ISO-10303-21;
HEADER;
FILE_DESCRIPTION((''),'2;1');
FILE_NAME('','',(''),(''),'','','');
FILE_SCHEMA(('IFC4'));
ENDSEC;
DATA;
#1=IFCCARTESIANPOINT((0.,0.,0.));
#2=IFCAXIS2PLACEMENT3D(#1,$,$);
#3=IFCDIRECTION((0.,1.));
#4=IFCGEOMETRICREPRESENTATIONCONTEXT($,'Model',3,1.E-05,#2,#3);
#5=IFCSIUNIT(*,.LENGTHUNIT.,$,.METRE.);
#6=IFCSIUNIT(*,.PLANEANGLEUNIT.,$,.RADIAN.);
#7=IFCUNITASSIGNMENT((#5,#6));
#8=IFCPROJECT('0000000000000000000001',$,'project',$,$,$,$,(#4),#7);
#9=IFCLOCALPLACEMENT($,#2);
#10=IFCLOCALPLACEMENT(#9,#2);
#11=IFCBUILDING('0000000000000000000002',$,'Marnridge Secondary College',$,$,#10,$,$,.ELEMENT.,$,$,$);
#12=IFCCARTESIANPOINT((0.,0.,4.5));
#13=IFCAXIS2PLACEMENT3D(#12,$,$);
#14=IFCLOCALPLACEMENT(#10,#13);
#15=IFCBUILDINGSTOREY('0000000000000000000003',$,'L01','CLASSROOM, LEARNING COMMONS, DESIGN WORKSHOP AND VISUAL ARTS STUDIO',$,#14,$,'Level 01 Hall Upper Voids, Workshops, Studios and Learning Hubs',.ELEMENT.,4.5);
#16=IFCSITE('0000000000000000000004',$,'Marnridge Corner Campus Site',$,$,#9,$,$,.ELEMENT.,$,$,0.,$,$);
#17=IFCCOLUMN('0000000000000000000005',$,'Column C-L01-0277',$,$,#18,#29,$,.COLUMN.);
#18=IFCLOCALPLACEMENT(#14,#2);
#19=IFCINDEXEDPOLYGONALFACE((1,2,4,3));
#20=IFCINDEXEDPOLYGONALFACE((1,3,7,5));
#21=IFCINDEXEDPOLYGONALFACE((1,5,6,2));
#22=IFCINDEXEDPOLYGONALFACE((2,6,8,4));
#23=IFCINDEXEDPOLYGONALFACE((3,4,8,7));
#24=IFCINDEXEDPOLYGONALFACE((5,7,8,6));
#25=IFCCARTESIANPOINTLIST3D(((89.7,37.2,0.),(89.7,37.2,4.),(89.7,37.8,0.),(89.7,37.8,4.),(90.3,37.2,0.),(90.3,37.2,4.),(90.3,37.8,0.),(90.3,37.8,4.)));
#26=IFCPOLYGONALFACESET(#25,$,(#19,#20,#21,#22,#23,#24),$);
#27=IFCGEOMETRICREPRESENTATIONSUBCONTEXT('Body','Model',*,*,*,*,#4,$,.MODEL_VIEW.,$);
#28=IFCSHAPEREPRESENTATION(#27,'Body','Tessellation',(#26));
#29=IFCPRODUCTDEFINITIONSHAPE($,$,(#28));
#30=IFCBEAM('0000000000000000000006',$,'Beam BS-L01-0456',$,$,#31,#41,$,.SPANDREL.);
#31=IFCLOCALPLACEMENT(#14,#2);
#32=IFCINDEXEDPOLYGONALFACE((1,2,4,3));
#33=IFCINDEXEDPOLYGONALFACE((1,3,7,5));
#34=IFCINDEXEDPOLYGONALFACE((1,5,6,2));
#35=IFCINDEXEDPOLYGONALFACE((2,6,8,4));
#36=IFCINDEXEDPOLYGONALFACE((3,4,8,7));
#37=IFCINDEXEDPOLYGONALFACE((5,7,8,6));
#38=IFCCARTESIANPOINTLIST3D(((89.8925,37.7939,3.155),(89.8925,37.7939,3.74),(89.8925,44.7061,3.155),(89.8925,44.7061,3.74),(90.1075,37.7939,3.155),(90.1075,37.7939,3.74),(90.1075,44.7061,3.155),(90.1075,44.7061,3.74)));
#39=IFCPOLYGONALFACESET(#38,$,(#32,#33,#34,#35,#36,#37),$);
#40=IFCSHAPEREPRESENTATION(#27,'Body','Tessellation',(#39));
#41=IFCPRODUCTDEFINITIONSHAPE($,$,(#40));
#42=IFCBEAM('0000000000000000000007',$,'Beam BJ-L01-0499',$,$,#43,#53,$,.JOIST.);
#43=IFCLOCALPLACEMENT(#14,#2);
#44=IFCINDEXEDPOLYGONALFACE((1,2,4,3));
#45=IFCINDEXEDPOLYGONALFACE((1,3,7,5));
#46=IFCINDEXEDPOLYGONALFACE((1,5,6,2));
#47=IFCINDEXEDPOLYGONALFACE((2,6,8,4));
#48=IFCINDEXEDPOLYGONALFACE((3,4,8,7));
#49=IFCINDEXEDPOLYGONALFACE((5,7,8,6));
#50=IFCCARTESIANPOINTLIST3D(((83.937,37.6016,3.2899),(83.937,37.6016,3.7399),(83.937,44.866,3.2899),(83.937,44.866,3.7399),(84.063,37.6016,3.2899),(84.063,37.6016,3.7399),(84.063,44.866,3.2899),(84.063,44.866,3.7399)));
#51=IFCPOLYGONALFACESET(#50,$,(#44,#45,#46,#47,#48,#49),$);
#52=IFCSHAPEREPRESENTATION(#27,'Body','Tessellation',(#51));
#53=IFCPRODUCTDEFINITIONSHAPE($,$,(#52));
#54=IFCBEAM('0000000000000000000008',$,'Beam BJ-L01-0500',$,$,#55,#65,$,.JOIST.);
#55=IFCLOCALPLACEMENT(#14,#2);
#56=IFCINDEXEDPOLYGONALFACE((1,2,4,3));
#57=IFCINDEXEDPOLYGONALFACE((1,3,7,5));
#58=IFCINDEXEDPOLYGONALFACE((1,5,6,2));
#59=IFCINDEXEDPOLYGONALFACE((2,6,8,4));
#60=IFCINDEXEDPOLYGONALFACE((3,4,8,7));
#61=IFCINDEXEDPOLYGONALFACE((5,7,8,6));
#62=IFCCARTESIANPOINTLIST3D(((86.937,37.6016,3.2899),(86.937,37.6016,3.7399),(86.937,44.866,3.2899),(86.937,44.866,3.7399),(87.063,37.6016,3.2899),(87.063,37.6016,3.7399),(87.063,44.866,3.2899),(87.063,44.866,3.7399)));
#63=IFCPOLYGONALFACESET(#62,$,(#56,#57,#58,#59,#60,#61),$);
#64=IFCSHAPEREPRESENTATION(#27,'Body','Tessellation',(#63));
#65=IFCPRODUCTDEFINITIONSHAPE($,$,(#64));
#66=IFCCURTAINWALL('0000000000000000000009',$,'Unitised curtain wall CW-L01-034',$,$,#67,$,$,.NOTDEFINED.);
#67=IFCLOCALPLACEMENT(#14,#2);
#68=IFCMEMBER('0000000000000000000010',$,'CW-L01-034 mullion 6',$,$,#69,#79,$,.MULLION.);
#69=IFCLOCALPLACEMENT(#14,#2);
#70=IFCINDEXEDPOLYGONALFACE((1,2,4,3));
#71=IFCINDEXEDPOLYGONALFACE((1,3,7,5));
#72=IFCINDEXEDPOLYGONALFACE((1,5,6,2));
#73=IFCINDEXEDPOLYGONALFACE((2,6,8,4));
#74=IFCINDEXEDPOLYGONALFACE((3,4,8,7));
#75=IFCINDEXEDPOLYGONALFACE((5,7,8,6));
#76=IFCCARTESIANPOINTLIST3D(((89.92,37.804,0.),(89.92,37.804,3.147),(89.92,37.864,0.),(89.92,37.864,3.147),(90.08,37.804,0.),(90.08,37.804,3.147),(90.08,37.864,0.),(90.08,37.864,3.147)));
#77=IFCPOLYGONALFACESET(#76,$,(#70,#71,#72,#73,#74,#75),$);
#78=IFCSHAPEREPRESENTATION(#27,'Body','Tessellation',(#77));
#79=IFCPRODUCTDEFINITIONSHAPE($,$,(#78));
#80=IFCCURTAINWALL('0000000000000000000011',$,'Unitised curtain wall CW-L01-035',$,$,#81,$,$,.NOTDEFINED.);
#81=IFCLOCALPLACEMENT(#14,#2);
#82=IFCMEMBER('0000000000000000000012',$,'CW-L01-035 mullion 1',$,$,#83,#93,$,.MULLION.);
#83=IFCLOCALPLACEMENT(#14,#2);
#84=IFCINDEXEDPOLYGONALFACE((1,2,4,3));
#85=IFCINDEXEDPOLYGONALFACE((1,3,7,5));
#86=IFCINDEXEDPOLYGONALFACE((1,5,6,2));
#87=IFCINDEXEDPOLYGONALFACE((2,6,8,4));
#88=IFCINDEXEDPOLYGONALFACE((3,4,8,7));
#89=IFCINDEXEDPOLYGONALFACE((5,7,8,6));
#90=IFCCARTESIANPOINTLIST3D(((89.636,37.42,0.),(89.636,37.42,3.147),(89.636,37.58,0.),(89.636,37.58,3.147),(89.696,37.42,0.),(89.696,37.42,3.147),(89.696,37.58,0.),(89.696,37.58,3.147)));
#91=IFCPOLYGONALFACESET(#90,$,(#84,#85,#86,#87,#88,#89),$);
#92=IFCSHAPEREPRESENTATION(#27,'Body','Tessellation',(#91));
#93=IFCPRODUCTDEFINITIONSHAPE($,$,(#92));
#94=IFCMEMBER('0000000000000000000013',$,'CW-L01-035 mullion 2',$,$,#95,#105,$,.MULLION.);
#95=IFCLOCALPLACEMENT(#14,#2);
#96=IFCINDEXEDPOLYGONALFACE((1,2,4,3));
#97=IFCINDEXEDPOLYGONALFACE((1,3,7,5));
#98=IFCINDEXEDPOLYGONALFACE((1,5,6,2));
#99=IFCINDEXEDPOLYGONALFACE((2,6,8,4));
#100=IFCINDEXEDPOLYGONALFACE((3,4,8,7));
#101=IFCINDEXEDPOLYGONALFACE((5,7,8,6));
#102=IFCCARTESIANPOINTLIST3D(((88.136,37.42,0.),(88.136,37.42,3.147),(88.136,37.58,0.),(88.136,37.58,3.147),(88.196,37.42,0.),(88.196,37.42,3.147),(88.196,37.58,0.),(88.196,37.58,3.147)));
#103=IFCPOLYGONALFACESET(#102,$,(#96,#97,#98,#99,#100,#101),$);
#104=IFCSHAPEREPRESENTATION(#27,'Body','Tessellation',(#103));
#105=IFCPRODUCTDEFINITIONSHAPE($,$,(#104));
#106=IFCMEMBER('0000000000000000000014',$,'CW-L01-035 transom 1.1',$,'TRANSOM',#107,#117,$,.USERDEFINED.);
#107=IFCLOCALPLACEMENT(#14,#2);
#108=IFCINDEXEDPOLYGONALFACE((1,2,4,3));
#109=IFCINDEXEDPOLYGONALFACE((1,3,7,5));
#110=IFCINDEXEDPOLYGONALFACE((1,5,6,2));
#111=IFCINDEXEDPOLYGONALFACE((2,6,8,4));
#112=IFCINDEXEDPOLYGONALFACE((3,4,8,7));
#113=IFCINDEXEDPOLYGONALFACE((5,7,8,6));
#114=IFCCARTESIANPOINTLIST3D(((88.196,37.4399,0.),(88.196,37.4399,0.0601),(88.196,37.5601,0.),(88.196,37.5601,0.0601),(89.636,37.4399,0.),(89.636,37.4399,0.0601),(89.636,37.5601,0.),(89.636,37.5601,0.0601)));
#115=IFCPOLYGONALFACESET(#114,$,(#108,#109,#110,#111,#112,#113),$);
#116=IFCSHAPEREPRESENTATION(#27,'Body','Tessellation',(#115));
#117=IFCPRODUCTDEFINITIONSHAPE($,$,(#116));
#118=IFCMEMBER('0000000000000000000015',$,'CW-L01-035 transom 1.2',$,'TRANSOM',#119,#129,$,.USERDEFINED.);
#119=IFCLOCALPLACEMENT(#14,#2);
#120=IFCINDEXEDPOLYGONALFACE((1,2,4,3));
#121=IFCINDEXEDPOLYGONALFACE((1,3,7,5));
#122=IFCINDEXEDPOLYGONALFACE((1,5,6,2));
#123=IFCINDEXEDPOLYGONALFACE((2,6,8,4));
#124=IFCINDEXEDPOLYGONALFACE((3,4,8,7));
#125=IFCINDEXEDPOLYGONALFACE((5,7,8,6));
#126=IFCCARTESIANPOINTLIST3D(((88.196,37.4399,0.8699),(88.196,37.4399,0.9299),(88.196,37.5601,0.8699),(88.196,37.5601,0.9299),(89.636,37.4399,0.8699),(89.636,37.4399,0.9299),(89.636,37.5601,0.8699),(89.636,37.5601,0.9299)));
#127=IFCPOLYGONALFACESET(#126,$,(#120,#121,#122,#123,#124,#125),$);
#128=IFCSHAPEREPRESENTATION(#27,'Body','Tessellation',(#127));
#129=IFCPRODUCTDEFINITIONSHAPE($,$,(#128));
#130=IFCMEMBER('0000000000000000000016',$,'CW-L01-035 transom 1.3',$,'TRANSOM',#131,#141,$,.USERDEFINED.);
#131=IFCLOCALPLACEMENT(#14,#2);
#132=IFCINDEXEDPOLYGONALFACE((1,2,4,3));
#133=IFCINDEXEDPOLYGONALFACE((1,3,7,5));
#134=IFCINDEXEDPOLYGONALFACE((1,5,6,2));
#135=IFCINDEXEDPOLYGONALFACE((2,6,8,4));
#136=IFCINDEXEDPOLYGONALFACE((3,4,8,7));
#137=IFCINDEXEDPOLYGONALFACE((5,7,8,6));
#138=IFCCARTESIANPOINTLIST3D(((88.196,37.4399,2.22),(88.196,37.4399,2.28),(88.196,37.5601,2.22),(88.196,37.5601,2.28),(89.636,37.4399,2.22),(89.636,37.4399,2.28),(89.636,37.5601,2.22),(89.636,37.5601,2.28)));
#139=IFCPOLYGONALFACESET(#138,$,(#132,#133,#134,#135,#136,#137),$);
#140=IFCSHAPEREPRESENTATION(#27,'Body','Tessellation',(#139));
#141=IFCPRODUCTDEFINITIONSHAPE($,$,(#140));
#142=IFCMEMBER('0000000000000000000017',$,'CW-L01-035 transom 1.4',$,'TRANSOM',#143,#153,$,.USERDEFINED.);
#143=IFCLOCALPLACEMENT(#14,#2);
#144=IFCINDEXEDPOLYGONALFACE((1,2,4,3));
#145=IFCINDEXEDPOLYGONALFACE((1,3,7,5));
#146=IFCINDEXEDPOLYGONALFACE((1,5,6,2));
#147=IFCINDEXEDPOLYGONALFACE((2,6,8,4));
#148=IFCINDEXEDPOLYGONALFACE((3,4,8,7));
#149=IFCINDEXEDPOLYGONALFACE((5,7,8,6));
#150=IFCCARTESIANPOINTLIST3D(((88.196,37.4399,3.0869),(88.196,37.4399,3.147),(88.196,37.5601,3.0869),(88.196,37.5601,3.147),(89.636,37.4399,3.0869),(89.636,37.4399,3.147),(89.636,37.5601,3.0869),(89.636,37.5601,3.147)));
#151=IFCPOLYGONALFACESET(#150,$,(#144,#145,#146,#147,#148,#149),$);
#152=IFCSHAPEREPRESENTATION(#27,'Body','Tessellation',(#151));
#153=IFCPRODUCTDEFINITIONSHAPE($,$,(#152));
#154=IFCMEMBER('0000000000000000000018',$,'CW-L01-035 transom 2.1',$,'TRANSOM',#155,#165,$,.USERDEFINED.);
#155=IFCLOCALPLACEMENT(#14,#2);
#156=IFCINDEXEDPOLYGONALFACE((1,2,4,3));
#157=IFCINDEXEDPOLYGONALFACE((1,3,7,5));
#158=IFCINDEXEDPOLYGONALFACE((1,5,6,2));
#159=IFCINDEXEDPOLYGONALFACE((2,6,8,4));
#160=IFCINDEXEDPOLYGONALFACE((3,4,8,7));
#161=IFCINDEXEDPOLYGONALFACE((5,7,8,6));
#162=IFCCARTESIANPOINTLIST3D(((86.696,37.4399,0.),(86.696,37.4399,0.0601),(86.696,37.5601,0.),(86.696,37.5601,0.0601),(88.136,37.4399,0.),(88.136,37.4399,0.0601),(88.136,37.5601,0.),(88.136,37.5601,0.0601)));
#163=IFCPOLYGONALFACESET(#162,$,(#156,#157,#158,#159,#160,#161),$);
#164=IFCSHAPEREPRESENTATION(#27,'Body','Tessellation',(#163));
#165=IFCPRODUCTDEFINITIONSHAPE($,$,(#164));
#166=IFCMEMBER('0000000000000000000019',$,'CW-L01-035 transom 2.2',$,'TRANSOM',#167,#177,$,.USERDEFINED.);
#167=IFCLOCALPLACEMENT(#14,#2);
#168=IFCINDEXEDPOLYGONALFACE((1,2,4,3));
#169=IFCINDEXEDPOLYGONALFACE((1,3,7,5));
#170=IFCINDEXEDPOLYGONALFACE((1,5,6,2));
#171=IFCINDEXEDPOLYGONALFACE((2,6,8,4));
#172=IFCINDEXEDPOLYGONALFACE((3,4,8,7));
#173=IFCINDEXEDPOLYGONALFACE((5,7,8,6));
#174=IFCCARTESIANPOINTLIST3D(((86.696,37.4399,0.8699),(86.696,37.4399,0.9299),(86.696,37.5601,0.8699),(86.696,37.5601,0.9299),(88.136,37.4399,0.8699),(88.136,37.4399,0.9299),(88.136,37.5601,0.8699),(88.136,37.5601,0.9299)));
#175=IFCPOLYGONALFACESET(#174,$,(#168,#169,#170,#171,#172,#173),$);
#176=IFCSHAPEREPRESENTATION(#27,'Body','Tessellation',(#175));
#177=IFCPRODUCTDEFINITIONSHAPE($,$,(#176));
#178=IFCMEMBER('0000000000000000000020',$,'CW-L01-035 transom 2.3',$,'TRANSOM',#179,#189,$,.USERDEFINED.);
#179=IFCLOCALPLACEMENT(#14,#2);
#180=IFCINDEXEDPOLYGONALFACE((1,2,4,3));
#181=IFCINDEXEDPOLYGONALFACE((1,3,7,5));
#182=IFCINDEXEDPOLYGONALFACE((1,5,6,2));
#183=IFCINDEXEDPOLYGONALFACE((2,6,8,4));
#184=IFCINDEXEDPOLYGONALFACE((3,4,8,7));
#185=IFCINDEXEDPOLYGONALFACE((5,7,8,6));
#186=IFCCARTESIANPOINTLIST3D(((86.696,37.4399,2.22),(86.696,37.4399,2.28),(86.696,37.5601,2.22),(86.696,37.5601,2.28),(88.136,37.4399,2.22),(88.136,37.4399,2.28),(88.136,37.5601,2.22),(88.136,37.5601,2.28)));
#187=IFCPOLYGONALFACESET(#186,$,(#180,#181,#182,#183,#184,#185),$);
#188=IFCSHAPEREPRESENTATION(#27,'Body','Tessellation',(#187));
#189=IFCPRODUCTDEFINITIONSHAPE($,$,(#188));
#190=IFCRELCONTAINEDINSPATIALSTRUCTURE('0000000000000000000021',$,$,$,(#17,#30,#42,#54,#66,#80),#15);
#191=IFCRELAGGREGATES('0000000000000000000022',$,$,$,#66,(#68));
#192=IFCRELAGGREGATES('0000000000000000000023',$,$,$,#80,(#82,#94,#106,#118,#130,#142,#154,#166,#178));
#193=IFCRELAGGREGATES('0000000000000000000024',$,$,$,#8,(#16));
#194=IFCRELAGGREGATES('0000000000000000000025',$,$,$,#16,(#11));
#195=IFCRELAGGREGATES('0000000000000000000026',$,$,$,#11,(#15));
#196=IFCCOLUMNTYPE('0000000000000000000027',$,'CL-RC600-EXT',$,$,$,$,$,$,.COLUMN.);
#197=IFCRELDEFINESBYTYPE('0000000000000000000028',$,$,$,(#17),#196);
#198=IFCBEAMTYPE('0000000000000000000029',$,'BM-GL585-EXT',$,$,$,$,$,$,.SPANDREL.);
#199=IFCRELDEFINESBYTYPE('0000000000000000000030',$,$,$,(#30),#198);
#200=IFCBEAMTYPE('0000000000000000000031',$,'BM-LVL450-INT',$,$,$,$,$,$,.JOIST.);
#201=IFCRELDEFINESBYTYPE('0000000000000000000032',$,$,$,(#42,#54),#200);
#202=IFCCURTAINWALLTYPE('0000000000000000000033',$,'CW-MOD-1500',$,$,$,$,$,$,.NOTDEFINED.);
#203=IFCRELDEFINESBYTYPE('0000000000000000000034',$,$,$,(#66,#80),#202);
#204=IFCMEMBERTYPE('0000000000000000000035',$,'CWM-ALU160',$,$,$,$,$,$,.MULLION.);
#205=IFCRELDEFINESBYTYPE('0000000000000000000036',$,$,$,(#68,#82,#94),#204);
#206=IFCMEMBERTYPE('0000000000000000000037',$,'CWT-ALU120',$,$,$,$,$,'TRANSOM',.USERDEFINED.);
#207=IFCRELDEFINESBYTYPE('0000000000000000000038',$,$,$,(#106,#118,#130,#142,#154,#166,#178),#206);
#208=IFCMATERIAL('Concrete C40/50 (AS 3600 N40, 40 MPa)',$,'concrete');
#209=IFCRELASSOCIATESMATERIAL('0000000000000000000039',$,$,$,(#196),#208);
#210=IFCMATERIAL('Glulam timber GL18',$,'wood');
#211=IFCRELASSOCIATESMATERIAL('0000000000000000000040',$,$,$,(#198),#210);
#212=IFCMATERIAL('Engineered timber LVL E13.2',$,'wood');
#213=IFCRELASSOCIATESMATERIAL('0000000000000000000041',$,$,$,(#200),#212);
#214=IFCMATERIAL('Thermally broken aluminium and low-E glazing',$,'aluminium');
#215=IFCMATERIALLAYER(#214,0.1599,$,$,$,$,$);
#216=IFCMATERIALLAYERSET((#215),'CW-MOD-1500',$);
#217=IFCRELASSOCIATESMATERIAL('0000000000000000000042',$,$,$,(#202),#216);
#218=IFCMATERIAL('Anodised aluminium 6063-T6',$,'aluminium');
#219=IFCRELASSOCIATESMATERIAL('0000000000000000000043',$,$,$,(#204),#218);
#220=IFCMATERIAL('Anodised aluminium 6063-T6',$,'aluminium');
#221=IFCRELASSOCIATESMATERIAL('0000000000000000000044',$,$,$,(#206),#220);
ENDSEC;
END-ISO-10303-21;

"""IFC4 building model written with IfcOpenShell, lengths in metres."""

from ifc_helpers import new_model, si_unit, direction, frame, origin, origin_2d, place, context, subcontext, project, spatial, rectangle, extrude, material, layer, layer_set, material_profile, profile_set, type_object, element, aggregate, save


model = new_model("IFC4")

# Units and contexts
model_context = context("Model", 3, precision=1e-05, world=origin(), true_north=direction((0.0, 1.0)))
body_context = subcontext(model_context, "Body", "Model", "MODEL_VIEW")
ifc_project = project(units=[si_unit("LENGTHUNIT", "METRE"), si_unit("PLANEANGLEUNIT", "RADIAN")], contexts=[model_context])

# Site, building, storey
site_placement = place(None, origin())
site = spatial("IfcSite", under=ifc_project, at=site_placement, Name="Marnridge Corner Campus Site", CompositionType="ELEMENT", RefElevation=0.0)
building_placement = place(site_placement, origin())
building = spatial("IfcBuilding", under=site, at=building_placement, Name="Marnridge Secondary College", CompositionType="ELEMENT")
storey_placement = place(building_placement, frame((0.0, 0.0, 4.5)))
storey = spatial("IfcBuildingStorey", under=building, at=storey_placement, Name="L01", Description="CLASSROOM, LEARNING COMMONS, DESIGN WORKSHOP AND VISUAL ARTS STUDIO", LongName="Level 01 Hall Upper Voids, Workshops, Studios and Learning Hubs", CompositionType="ELEMENT", Elevation=4.5)

# Column
ifc_material_1 = material(Name="Concrete C40/50 (AS 3600 N40, 40 MPa)", Category="concrete")
ifc_material_profile_1 = material_profile(ifc_material_1, rectangle(XDim=0.6001, YDim=0.6001, at=origin_2d()), Name="RC 600x600")
ifc_profile_set_1 = profile_set([ifc_material_profile_1], Name="Concrete C40/50 (AS 3600 N40, 40 MPa)")
column_type = type_object("IfcColumnType", Name="CL-RC600-EXT", PredefinedType="COLUMN", material=ifc_profile_set_1)
column_placement = place(storey_placement, frame((90.0, 37.5, 0.0), z_axis=(0.0, 0.0, 1.0), x_axis=(1.0, 0.0, 0.0)))
element("IfcColumn", 1, at=column_placement, inside=storey, type_object=column_type, Name="Column C-L01-0277", PredefinedType="COLUMN", context=body_context, shape_type="SweptSolid", body=[
    extrude(rectangle(XDim=0.6001, YDim=0.6001, at=origin_2d()), origin(), (0.0, 0.0, 1.0), 4.0),
])

# Beams
ifc_material_2 = material(Name="Glulam timber GL18", Category="wood")
ifc_material_profile_2 = material_profile(ifc_material_2, rectangle(XDim=0.2151, YDim=0.585, at=origin_2d()), Name="GL18 215x585")
ifc_profile_set_2 = profile_set([ifc_material_profile_2], Name="Glulam timber GL18")
beam_type_1 = type_object("IfcBeamType", Name="BM-GL585-EXT", PredefinedType="SPANDREL", material=ifc_profile_set_2)
beam_placement = place(storey_placement, frame((90.0, 37.7939, 3.4475), z_axis=(0.0, 1.0, 0.0), x_axis=(-1.0, 0.0, 0.0)))
element("IfcBeam", 2, at=beam_placement, inside=storey, type_object=beam_type_1, Name="Beam BS-L01-0456", PredefinedType="SPANDREL", context=body_context, shape_type="SweptSolid", body=[
    extrude(rectangle(XDim=0.2151, YDim=0.585, at=origin_2d()), origin(), (0.0, 0.0, 1.0), 6.9121),
])
ifc_material_3 = material(Name="Engineered timber LVL E13.2", Category="wood")
ifc_material_profile_3 = material_profile(ifc_material_3, rectangle(XDim=0.126, YDim=0.45, at=origin_2d()), Name="LVL 126x450")
ifc_profile_set_3 = profile_set([ifc_material_profile_3], Name="Engineered timber LVL E13.2")
beam_type_2 = type_object("IfcBeamType", Name="BM-LVL450-INT", PredefinedType="JOIST", material=ifc_profile_set_3)
for number, where, z_axis, x_axis, name in (
    (3, (84.0, 37.6016, 3.5149), (0.0, 1.0, 0.0), (-1.0, 0.0, 0.0), "Beam BJ-L01-0499"),
    (4, (87.0, 37.6016, 3.5149), (0.0, 1.0, 0.0), (-1.0, 0.0, 0.0), "Beam BJ-L01-0500"),
):
    element("IfcBeam", number, at=place(storey_placement, frame(where, z_axis=z_axis, x_axis=x_axis)), inside=storey, type_object=beam_type_2, Name=name, PredefinedType="JOIST", context=body_context, shape_type="SweptSolid", body=[
        extrude(rectangle(XDim=0.126, YDim=0.45, at=origin_2d()), origin(), (0.0, 0.0, 1.0), 7.2644),
    ])

# Curtain wall, member
ifc_material_4 = material(Name="Thermally broken aluminium and low-E glazing", Category="aluminium")
ifc_layer_1 = layer(ifc_material_4, 0.1599)
ifc_layer_set_1 = layer_set([ifc_layer_1], Name="CW-MOD-1500")
curtain_wall_type = type_object("IfcCurtainWallType", Name="CW-MOD-1500", PredefinedType="NOTDEFINED", material=ifc_layer_set_1)
curtain_wall_1_placement = place(storey_placement, origin())
curtain_wall_1 = element("IfcCurtainWall", 5, at=curtain_wall_1_placement, inside=storey, type_object=curtain_wall_type, Name="Unitised curtain wall CW-L01-034", PredefinedType="NOTDEFINED")
ifc_material_5 = material(Name="Anodised aluminium 6063-T6", Category="aluminium")
ifc_material_profile_4 = material_profile(ifc_material_5, rectangle(XDim=0.0601, YDim=0.1599, at=origin_2d()), Name="ALU 60x160")
ifc_profile_set_4 = profile_set([ifc_material_profile_4], Name="Anodised aluminium 6063-T6")
member_type_1 = type_object("IfcMemberType", Name="CWM-ALU160", PredefinedType="MULLION", material=ifc_profile_set_4)
member_1_placement = place(storey_placement, frame((90.0, 37.834, 0.0), z_axis=(0.0, 0.0, 1.0), x_axis=(0.0, -1.0, 0.0)))
member_1 = element("IfcMember", 6, at=member_1_placement, type_object=member_type_1, Name="CW-L01-034 mullion 6", PredefinedType="MULLION", context=body_context, shape_type="SweptSolid", body=[
    extrude(rectangle(XDim=0.0601, YDim=0.1599, at=origin_2d()), origin(), (0.0, 0.0, 1.0), 3.147),
])

# Curtain wall, members
curtain_wall_2_placement = place(storey_placement, origin())
curtain_wall_2 = element("IfcCurtainWall", 7, at=curtain_wall_2_placement, inside=storey, type_object=curtain_wall_type, Name="Unitised curtain wall CW-L01-035", PredefinedType="NOTDEFINED")
member_2_placement = place(storey_placement, frame((89.666, 37.5, 0.0), z_axis=(0.0, 0.0, 1.0), x_axis=(-1.0, 0.0, 0.0)))
member_2 = element("IfcMember", 8, at=member_2_placement, type_object=member_type_1, Name="CW-L01-035 mullion 1", PredefinedType="MULLION", context=body_context, shape_type="SweptSolid", body=[
    extrude(rectangle(XDim=0.0601, YDim=0.1599, at=origin_2d()), origin(), (0.0, 0.0, 1.0), 3.147),
])
member_3_placement = place(storey_placement, frame((88.166, 37.5, 0.0), z_axis=(0.0, 0.0, 1.0), x_axis=(-1.0, 0.0, 0.0)))
member_3 = element("IfcMember", 9, at=member_3_placement, type_object=member_type_1, Name="CW-L01-035 mullion 2", PredefinedType="MULLION", context=body_context, shape_type="SweptSolid", body=[
    extrude(rectangle(XDim=0.0601, YDim=0.1599, at=origin_2d()), origin(), (0.0, 0.0, 1.0), 3.147),
])
ifc_material_6 = material(Name="Anodised aluminium 6063-T6", Category="aluminium")
ifc_material_profile_5 = material_profile(ifc_material_6, rectangle(XDim=0.0601, YDim=0.1201, at=origin_2d()), Name="ALU 60x120")
ifc_profile_set_5 = profile_set([ifc_material_profile_5], Name="Anodised aluminium 6063-T6")
member_type_2 = type_object("IfcMemberType", Name="CWT-ALU120", ElementType="TRANSOM", PredefinedType="USERDEFINED", material=ifc_profile_set_5)
member_4_placement = place(storey_placement, frame((89.636, 37.5, 0.03), z_axis=(-1.0, 0.0, 0.0), x_axis=(0.0, 0.0, 1.0)))
member_4 = element("IfcMember", 10, at=member_4_placement, type_object=member_type_2, Name="CW-L01-035 transom 1.1", ObjectType="TRANSOM", PredefinedType="USERDEFINED", context=body_context, shape_type="SweptSolid", body=[
    extrude(rectangle(XDim=0.0601, YDim=0.1201, at=origin_2d()), origin(), (0.0, 0.0, 1.0), 1.4399),
])
member_5_placement = place(storey_placement, frame((89.636, 37.5, 0.8999), z_axis=(-1.0, 0.0, 0.0), x_axis=(0.0, 0.0, 1.0)))
member_5 = element("IfcMember", 11, at=member_5_placement, type_object=member_type_2, Name="CW-L01-035 transom 1.2", ObjectType="TRANSOM", PredefinedType="USERDEFINED", context=body_context, shape_type="SweptSolid", body=[
    extrude(rectangle(XDim=0.0601, YDim=0.1201, at=origin_2d()), origin(), (0.0, 0.0, 1.0), 1.4399),
])
member_6_placement = place(storey_placement, frame((89.636, 37.5, 2.25), z_axis=(-1.0, 0.0, 0.0), x_axis=(0.0, 0.0, 1.0)))
member_6 = element("IfcMember", 12, at=member_6_placement, type_object=member_type_2, Name="CW-L01-035 transom 1.3", ObjectType="TRANSOM", PredefinedType="USERDEFINED", context=body_context, shape_type="SweptSolid", body=[
    extrude(rectangle(XDim=0.0601, YDim=0.1201, at=origin_2d()), origin(), (0.0, 0.0, 1.0), 1.4399),
])
member_7_placement = place(storey_placement, frame((89.636, 37.5, 3.1169), z_axis=(-1.0, 0.0, 0.0), x_axis=(0.0, 0.0, 1.0)))
member_7 = element("IfcMember", 13, at=member_7_placement, type_object=member_type_2, Name="CW-L01-035 transom 1.4", ObjectType="TRANSOM", PredefinedType="USERDEFINED", context=body_context, shape_type="SweptSolid", body=[
    extrude(rectangle(XDim=0.0601, YDim=0.1201, at=origin_2d()), origin(), (0.0, 0.0, 1.0), 1.4399),
])
member_8_placement = place(storey_placement, frame((88.136, 37.5, 0.03), z_axis=(-1.0, 0.0, 0.0), x_axis=(0.0, 0.0, 1.0)))
member_8 = element("IfcMember", 14, at=member_8_placement, type_object=member_type_2, Name="CW-L01-035 transom 2.1", ObjectType="TRANSOM", PredefinedType="USERDEFINED", context=body_context, shape_type="SweptSolid", body=[
    extrude(rectangle(XDim=0.0601, YDim=0.1201, at=origin_2d()), origin(), (0.0, 0.0, 1.0), 1.4399),
])
member_9_placement = place(storey_placement, frame((88.136, 37.5, 0.8999), z_axis=(-1.0, 0.0, 0.0), x_axis=(0.0, 0.0, 1.0)))
member_9 = element("IfcMember", 15, at=member_9_placement, type_object=member_type_2, Name="CW-L01-035 transom 2.2", ObjectType="TRANSOM", PredefinedType="USERDEFINED", context=body_context, shape_type="SweptSolid", body=[
    extrude(rectangle(XDim=0.0601, YDim=0.1201, at=origin_2d()), origin(), (0.0, 0.0, 1.0), 1.4399),
])
member_10_placement = place(storey_placement, frame((88.136, 37.5, 2.25), z_axis=(-1.0, 0.0, 0.0), x_axis=(0.0, 0.0, 1.0)))
member_10 = element("IfcMember", 16, at=member_10_placement, type_object=member_type_2, Name="CW-L01-035 transom 2.3", ObjectType="TRANSOM", PredefinedType="USERDEFINED", context=body_context, shape_type="SweptSolid", body=[
    extrude(rectangle(XDim=0.0601, YDim=0.1201, at=origin_2d()), origin(), (0.0, 0.0, 1.0), 1.4399),
])

aggregate(curtain_wall_1, [member_1])
aggregate(curtain_wall_2, [member_2, member_3, member_4, member_5, member_6, member_7, member_8, member_9, member_10])

save(model, "model.ifc")
